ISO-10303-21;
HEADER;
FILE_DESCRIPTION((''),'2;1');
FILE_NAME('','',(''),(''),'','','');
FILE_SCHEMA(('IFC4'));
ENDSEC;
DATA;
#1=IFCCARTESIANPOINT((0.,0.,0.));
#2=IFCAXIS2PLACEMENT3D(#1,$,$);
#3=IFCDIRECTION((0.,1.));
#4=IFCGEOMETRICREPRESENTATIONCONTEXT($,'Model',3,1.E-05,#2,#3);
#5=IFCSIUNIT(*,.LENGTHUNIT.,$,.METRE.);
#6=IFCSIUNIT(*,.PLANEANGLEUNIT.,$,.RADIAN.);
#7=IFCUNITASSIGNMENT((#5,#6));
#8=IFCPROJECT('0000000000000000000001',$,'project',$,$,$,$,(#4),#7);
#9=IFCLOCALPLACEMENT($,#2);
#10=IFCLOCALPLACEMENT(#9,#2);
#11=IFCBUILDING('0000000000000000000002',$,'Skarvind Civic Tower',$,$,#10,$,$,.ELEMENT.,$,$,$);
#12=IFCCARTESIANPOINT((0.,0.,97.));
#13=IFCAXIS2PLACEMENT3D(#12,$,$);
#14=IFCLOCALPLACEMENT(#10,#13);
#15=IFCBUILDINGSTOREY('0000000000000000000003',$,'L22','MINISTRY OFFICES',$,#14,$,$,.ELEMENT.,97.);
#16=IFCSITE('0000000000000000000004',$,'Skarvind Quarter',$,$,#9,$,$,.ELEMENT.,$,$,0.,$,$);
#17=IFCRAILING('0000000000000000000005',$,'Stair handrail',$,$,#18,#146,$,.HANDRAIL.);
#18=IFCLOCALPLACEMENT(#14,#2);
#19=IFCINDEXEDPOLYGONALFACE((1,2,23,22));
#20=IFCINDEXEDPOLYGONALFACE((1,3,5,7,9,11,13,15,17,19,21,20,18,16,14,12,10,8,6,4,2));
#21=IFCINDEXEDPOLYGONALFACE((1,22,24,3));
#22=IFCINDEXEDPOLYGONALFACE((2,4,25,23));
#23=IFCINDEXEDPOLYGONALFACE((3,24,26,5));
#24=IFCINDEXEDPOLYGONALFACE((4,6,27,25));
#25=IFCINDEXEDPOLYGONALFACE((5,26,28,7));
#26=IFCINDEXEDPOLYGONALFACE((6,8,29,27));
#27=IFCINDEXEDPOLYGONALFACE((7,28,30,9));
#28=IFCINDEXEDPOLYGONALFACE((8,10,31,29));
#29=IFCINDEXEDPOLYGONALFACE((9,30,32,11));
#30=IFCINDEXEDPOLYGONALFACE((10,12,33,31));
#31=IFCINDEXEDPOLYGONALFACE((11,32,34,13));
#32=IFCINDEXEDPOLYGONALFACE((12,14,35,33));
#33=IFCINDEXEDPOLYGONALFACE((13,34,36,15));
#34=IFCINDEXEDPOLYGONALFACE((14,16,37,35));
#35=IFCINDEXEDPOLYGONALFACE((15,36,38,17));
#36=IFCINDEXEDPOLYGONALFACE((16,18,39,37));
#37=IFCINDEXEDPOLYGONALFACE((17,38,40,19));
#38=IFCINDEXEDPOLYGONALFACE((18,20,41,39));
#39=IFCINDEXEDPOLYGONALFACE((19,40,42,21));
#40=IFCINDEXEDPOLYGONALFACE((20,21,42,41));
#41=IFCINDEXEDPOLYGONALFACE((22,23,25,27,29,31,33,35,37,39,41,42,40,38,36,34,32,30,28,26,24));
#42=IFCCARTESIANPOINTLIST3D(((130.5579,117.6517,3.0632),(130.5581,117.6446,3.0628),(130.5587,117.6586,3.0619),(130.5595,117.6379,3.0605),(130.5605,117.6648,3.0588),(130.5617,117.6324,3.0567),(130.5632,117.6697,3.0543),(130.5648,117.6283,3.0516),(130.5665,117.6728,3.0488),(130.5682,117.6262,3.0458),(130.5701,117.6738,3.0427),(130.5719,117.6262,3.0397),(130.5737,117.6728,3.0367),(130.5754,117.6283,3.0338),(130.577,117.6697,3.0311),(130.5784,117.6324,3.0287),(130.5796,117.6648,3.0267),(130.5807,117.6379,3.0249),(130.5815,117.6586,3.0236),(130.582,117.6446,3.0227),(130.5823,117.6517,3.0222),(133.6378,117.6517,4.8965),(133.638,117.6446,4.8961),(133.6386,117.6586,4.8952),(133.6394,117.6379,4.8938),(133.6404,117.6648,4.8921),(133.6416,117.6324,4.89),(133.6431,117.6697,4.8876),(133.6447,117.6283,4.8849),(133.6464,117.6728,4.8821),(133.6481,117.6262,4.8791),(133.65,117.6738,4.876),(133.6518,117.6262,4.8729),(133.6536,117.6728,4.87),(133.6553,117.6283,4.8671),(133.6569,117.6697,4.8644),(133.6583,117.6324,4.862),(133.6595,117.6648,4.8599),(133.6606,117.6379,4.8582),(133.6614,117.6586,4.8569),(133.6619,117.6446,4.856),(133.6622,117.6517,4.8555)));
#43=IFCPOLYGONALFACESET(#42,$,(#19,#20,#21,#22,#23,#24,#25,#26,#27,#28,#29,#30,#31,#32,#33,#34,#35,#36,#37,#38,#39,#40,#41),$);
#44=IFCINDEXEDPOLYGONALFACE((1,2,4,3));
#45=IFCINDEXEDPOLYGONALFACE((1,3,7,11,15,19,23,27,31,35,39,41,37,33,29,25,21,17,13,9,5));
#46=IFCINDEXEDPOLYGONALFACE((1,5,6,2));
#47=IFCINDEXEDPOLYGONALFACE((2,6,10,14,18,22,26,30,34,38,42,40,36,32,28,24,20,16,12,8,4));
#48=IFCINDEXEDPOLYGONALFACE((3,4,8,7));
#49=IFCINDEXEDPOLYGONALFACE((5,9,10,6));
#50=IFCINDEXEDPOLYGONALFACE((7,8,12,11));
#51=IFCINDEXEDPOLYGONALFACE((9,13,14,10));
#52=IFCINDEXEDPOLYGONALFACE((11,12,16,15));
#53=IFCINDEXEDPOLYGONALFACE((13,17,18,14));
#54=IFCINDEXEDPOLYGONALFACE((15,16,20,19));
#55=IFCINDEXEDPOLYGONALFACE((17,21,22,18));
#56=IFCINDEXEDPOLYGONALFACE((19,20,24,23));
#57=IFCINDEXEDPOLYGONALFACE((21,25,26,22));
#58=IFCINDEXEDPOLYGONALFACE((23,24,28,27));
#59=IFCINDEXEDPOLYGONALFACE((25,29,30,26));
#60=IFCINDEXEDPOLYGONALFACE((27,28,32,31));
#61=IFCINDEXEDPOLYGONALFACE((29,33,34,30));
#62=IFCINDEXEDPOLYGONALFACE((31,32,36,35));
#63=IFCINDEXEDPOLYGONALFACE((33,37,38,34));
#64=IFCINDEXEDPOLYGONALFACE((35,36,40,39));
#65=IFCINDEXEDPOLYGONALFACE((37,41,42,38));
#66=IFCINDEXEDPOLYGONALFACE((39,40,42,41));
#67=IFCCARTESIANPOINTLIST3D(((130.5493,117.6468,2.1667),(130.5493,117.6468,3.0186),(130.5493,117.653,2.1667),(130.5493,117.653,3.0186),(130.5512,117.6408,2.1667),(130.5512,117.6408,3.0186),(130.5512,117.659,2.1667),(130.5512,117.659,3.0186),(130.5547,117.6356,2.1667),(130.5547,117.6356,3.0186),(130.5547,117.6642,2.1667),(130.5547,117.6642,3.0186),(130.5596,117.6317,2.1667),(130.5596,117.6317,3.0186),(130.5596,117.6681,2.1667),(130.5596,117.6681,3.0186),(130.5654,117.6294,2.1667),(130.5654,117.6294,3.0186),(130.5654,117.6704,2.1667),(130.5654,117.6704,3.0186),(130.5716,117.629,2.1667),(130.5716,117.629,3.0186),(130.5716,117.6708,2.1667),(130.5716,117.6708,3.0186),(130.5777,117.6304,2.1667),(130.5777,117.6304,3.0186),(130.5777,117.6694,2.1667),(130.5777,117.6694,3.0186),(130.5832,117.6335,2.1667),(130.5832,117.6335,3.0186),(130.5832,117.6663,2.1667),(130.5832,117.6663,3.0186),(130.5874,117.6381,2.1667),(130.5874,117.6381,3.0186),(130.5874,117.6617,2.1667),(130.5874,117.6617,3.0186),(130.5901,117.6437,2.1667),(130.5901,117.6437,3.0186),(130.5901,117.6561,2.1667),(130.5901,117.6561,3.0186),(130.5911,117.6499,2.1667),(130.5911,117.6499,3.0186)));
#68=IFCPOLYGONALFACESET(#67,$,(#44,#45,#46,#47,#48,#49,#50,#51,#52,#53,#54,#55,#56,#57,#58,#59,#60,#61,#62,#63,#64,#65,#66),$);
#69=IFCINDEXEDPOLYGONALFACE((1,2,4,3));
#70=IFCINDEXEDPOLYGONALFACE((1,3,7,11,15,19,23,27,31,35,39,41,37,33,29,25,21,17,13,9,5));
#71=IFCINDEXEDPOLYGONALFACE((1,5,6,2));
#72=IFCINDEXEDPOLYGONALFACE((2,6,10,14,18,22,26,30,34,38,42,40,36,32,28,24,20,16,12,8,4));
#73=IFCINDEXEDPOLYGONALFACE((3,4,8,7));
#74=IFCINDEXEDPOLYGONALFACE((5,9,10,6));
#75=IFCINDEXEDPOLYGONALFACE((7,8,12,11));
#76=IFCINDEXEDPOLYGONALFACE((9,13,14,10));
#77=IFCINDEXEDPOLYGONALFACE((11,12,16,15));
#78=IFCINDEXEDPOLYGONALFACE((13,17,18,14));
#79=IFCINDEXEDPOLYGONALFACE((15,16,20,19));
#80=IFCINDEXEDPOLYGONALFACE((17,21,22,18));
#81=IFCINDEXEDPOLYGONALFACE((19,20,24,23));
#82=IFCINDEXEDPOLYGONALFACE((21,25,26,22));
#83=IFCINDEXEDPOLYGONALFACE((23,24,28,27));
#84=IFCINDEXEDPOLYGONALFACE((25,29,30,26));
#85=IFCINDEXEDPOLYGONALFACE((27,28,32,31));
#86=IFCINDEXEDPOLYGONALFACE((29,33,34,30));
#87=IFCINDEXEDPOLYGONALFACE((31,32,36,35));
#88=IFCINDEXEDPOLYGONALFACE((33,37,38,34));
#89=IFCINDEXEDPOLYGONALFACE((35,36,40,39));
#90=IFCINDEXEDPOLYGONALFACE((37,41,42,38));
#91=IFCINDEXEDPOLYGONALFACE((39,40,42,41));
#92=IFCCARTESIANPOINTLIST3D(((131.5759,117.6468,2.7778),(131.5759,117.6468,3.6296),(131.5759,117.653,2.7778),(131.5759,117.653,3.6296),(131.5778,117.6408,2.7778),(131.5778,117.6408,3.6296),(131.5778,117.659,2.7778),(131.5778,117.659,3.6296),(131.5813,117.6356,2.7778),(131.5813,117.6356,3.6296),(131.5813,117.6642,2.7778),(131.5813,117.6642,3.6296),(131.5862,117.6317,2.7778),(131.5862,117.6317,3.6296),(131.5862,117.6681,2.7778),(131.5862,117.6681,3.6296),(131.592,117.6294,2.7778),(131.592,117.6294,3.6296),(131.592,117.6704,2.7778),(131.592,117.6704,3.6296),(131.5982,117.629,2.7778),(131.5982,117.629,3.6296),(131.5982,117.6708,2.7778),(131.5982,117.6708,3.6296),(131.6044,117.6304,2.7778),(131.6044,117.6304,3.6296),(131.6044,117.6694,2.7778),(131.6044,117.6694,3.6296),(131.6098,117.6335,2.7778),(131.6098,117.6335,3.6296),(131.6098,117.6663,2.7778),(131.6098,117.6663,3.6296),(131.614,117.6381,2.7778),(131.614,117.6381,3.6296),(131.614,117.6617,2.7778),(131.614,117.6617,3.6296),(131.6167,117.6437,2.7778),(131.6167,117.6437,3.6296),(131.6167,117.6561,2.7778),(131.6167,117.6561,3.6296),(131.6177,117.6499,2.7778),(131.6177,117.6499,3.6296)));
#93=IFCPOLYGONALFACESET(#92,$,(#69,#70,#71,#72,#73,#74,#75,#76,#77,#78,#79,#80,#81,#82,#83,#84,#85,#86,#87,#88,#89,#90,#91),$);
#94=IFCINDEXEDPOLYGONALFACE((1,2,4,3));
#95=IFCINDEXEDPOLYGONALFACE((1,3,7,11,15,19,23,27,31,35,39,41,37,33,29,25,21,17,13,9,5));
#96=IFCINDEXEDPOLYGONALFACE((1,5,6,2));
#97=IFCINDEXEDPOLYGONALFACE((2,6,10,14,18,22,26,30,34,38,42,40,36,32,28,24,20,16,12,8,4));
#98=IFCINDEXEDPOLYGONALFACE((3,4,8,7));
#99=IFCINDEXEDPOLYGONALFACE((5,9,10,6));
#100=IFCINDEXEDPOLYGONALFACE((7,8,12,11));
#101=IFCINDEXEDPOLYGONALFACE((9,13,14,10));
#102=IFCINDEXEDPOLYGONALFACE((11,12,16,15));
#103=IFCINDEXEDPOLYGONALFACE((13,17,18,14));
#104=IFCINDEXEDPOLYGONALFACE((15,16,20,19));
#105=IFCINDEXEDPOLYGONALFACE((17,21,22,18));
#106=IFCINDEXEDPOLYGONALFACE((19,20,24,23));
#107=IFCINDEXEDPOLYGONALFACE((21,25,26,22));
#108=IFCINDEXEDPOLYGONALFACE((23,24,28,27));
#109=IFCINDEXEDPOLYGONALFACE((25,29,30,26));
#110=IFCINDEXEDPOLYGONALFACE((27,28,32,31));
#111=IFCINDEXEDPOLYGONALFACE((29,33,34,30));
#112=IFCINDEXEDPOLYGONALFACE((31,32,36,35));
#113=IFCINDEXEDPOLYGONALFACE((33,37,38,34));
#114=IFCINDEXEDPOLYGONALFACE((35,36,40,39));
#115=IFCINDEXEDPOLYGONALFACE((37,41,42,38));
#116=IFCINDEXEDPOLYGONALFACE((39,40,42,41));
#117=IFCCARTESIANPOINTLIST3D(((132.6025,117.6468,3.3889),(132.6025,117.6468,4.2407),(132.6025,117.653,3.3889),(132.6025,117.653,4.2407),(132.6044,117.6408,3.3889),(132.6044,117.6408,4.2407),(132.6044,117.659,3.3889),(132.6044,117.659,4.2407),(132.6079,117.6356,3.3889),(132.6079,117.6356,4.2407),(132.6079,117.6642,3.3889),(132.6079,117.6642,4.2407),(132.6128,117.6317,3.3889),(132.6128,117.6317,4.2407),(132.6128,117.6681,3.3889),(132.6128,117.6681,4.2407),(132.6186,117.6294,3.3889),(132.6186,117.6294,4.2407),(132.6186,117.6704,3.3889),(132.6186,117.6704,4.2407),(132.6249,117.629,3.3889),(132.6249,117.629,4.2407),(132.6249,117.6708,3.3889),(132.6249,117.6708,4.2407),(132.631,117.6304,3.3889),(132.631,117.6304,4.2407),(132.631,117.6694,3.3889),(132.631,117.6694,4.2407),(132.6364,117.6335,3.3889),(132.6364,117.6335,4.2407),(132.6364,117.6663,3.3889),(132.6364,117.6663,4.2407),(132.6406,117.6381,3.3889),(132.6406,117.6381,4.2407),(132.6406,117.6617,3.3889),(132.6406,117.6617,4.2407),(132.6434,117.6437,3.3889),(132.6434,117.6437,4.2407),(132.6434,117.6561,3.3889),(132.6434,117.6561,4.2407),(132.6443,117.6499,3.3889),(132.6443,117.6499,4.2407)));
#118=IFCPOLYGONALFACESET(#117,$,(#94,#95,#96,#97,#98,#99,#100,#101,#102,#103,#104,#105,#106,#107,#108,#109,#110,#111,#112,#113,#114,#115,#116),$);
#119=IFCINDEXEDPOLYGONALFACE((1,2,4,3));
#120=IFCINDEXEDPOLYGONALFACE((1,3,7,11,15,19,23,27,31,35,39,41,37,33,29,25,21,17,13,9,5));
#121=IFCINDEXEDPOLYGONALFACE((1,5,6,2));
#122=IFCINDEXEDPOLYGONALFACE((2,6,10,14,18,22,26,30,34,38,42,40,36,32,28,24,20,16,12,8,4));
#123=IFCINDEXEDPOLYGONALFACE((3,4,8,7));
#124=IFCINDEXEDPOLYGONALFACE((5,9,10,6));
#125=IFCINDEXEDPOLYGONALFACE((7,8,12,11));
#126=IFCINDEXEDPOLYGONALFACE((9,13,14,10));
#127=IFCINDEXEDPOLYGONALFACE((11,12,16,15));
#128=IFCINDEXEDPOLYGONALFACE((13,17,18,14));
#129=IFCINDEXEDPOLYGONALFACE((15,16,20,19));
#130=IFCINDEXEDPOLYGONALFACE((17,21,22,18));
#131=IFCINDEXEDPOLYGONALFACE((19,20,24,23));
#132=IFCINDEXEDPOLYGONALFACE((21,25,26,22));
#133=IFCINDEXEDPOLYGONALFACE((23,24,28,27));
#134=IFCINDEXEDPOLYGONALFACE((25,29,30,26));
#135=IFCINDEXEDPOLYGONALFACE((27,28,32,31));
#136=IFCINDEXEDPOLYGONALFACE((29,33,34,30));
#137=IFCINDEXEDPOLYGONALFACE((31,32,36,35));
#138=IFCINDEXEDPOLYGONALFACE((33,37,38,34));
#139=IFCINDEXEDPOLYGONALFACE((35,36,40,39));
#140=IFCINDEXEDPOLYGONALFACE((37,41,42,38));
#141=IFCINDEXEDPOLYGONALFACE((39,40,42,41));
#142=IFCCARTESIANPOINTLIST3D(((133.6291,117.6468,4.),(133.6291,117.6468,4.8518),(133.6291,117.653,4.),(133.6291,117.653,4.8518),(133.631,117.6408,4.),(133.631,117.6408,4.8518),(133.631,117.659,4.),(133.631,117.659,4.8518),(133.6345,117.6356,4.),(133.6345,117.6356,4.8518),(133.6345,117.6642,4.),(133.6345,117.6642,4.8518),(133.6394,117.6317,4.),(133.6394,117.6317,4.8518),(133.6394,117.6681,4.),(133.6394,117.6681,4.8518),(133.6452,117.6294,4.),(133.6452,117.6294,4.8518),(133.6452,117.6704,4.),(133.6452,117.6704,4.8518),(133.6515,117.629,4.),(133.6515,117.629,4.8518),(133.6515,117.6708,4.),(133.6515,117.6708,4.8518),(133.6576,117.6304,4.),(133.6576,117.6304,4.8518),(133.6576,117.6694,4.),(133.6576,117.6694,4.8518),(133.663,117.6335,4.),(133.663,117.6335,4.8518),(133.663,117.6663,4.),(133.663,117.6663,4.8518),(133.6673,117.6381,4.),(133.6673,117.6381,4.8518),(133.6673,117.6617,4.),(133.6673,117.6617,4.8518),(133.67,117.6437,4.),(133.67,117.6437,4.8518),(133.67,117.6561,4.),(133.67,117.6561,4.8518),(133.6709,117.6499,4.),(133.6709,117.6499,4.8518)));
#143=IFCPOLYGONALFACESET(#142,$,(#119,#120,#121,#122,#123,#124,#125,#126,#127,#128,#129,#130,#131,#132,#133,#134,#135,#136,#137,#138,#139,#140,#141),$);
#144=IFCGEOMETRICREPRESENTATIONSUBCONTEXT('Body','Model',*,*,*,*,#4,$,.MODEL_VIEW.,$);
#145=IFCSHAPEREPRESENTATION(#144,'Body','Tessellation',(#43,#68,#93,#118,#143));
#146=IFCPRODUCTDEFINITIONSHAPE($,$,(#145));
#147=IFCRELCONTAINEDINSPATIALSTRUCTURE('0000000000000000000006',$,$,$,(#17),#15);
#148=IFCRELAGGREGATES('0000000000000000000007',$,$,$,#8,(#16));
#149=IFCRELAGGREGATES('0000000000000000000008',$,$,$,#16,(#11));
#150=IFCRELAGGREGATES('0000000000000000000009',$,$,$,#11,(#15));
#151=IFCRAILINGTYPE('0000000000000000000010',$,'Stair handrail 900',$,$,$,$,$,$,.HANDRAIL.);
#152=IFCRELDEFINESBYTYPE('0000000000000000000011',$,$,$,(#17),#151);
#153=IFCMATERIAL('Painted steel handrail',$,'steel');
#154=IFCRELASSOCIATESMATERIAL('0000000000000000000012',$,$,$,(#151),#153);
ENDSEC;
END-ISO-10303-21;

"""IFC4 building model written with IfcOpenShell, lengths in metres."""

from ifc_helpers import new_model, si_unit, direction, frame, origin, origin_2d, place, context, subcontext, project, spatial, circle, extrude, material, type_object, element, save


model = new_model("IFC4")

# Units and contexts
model_context = context("Model", 3, precision=1e-05, world=origin(), true_north=direction((0.0, 1.0)))
body_context = subcontext(model_context, "Body", "Model", "MODEL_VIEW")
ifc_project = project(units=[si_unit("LENGTHUNIT", "METRE"), si_unit("PLANEANGLEUNIT", "RADIAN")], contexts=[model_context])

# Site, building, storey
site_placement = place(None, origin())
site = spatial("IfcSite", under=ifc_project, at=site_placement, Name="Skarvind Quarter", CompositionType="ELEMENT", RefElevation=0.0)
building_placement = place(site_placement, origin())
building = spatial("IfcBuilding", under=site, at=building_placement, Name="Skarvind Civic Tower", CompositionType="ELEMENT")
storey_placement = place(building_placement, frame((0.0, 0.0, 97.0)))
storey = spatial("IfcBuildingStorey", under=building, at=storey_placement, Name="L22", Description="MINISTRY OFFICES", CompositionType="ELEMENT", Elevation=97.0)

# Railing
ifc_material_1 = material(Name="Painted steel handrail", Category="steel")
railing_type = type_object("IfcRailingType", Name="Stair handrail 900", PredefinedType="HANDRAIL", material=ifc_material_1)
railing_1_placement = place(storey_placement, frame((130.5701, 117.6499, 2.1667)))
element("IfcRailing", 1, at=railing_1_placement, inside=storey, type_object=railing_type, Name="Stair handrail", PredefinedType="HANDRAIL", context=body_context, shape_type="SweptSolid", body=[
    extrude(circle(Radius=0.0239, at=origin_2d()), frame((0.0, 0.0, 0.876), z_axis=(0.859291, 0.0, 0.511487), x_axis=(0.0, 1.0, 0.0)), (0.0, 0.0, 1.0), 3.5842),
    extrude(circle(Radius=0.021, at=origin_2d()), origin(), (0.0, 0.0, 1.0), 0.8518),
    extrude(circle(Radius=0.021, at=origin_2d()), frame((1.0266, 0.0, 0.6111)), (0.0, 0.0, 1.0), 0.8518),
    extrude(circle(Radius=0.021, at=origin_2d()), frame((2.0532, 0.0, 1.2222)), (0.0, 0.0, 1.0), 0.8518),
    extrude(circle(Radius=0.021, at=origin_2d()), frame((3.0798, 0.0, 1.8333)), (0.0, 0.0, 1.0), 0.8518),
])

save(model, "model.ifc")
